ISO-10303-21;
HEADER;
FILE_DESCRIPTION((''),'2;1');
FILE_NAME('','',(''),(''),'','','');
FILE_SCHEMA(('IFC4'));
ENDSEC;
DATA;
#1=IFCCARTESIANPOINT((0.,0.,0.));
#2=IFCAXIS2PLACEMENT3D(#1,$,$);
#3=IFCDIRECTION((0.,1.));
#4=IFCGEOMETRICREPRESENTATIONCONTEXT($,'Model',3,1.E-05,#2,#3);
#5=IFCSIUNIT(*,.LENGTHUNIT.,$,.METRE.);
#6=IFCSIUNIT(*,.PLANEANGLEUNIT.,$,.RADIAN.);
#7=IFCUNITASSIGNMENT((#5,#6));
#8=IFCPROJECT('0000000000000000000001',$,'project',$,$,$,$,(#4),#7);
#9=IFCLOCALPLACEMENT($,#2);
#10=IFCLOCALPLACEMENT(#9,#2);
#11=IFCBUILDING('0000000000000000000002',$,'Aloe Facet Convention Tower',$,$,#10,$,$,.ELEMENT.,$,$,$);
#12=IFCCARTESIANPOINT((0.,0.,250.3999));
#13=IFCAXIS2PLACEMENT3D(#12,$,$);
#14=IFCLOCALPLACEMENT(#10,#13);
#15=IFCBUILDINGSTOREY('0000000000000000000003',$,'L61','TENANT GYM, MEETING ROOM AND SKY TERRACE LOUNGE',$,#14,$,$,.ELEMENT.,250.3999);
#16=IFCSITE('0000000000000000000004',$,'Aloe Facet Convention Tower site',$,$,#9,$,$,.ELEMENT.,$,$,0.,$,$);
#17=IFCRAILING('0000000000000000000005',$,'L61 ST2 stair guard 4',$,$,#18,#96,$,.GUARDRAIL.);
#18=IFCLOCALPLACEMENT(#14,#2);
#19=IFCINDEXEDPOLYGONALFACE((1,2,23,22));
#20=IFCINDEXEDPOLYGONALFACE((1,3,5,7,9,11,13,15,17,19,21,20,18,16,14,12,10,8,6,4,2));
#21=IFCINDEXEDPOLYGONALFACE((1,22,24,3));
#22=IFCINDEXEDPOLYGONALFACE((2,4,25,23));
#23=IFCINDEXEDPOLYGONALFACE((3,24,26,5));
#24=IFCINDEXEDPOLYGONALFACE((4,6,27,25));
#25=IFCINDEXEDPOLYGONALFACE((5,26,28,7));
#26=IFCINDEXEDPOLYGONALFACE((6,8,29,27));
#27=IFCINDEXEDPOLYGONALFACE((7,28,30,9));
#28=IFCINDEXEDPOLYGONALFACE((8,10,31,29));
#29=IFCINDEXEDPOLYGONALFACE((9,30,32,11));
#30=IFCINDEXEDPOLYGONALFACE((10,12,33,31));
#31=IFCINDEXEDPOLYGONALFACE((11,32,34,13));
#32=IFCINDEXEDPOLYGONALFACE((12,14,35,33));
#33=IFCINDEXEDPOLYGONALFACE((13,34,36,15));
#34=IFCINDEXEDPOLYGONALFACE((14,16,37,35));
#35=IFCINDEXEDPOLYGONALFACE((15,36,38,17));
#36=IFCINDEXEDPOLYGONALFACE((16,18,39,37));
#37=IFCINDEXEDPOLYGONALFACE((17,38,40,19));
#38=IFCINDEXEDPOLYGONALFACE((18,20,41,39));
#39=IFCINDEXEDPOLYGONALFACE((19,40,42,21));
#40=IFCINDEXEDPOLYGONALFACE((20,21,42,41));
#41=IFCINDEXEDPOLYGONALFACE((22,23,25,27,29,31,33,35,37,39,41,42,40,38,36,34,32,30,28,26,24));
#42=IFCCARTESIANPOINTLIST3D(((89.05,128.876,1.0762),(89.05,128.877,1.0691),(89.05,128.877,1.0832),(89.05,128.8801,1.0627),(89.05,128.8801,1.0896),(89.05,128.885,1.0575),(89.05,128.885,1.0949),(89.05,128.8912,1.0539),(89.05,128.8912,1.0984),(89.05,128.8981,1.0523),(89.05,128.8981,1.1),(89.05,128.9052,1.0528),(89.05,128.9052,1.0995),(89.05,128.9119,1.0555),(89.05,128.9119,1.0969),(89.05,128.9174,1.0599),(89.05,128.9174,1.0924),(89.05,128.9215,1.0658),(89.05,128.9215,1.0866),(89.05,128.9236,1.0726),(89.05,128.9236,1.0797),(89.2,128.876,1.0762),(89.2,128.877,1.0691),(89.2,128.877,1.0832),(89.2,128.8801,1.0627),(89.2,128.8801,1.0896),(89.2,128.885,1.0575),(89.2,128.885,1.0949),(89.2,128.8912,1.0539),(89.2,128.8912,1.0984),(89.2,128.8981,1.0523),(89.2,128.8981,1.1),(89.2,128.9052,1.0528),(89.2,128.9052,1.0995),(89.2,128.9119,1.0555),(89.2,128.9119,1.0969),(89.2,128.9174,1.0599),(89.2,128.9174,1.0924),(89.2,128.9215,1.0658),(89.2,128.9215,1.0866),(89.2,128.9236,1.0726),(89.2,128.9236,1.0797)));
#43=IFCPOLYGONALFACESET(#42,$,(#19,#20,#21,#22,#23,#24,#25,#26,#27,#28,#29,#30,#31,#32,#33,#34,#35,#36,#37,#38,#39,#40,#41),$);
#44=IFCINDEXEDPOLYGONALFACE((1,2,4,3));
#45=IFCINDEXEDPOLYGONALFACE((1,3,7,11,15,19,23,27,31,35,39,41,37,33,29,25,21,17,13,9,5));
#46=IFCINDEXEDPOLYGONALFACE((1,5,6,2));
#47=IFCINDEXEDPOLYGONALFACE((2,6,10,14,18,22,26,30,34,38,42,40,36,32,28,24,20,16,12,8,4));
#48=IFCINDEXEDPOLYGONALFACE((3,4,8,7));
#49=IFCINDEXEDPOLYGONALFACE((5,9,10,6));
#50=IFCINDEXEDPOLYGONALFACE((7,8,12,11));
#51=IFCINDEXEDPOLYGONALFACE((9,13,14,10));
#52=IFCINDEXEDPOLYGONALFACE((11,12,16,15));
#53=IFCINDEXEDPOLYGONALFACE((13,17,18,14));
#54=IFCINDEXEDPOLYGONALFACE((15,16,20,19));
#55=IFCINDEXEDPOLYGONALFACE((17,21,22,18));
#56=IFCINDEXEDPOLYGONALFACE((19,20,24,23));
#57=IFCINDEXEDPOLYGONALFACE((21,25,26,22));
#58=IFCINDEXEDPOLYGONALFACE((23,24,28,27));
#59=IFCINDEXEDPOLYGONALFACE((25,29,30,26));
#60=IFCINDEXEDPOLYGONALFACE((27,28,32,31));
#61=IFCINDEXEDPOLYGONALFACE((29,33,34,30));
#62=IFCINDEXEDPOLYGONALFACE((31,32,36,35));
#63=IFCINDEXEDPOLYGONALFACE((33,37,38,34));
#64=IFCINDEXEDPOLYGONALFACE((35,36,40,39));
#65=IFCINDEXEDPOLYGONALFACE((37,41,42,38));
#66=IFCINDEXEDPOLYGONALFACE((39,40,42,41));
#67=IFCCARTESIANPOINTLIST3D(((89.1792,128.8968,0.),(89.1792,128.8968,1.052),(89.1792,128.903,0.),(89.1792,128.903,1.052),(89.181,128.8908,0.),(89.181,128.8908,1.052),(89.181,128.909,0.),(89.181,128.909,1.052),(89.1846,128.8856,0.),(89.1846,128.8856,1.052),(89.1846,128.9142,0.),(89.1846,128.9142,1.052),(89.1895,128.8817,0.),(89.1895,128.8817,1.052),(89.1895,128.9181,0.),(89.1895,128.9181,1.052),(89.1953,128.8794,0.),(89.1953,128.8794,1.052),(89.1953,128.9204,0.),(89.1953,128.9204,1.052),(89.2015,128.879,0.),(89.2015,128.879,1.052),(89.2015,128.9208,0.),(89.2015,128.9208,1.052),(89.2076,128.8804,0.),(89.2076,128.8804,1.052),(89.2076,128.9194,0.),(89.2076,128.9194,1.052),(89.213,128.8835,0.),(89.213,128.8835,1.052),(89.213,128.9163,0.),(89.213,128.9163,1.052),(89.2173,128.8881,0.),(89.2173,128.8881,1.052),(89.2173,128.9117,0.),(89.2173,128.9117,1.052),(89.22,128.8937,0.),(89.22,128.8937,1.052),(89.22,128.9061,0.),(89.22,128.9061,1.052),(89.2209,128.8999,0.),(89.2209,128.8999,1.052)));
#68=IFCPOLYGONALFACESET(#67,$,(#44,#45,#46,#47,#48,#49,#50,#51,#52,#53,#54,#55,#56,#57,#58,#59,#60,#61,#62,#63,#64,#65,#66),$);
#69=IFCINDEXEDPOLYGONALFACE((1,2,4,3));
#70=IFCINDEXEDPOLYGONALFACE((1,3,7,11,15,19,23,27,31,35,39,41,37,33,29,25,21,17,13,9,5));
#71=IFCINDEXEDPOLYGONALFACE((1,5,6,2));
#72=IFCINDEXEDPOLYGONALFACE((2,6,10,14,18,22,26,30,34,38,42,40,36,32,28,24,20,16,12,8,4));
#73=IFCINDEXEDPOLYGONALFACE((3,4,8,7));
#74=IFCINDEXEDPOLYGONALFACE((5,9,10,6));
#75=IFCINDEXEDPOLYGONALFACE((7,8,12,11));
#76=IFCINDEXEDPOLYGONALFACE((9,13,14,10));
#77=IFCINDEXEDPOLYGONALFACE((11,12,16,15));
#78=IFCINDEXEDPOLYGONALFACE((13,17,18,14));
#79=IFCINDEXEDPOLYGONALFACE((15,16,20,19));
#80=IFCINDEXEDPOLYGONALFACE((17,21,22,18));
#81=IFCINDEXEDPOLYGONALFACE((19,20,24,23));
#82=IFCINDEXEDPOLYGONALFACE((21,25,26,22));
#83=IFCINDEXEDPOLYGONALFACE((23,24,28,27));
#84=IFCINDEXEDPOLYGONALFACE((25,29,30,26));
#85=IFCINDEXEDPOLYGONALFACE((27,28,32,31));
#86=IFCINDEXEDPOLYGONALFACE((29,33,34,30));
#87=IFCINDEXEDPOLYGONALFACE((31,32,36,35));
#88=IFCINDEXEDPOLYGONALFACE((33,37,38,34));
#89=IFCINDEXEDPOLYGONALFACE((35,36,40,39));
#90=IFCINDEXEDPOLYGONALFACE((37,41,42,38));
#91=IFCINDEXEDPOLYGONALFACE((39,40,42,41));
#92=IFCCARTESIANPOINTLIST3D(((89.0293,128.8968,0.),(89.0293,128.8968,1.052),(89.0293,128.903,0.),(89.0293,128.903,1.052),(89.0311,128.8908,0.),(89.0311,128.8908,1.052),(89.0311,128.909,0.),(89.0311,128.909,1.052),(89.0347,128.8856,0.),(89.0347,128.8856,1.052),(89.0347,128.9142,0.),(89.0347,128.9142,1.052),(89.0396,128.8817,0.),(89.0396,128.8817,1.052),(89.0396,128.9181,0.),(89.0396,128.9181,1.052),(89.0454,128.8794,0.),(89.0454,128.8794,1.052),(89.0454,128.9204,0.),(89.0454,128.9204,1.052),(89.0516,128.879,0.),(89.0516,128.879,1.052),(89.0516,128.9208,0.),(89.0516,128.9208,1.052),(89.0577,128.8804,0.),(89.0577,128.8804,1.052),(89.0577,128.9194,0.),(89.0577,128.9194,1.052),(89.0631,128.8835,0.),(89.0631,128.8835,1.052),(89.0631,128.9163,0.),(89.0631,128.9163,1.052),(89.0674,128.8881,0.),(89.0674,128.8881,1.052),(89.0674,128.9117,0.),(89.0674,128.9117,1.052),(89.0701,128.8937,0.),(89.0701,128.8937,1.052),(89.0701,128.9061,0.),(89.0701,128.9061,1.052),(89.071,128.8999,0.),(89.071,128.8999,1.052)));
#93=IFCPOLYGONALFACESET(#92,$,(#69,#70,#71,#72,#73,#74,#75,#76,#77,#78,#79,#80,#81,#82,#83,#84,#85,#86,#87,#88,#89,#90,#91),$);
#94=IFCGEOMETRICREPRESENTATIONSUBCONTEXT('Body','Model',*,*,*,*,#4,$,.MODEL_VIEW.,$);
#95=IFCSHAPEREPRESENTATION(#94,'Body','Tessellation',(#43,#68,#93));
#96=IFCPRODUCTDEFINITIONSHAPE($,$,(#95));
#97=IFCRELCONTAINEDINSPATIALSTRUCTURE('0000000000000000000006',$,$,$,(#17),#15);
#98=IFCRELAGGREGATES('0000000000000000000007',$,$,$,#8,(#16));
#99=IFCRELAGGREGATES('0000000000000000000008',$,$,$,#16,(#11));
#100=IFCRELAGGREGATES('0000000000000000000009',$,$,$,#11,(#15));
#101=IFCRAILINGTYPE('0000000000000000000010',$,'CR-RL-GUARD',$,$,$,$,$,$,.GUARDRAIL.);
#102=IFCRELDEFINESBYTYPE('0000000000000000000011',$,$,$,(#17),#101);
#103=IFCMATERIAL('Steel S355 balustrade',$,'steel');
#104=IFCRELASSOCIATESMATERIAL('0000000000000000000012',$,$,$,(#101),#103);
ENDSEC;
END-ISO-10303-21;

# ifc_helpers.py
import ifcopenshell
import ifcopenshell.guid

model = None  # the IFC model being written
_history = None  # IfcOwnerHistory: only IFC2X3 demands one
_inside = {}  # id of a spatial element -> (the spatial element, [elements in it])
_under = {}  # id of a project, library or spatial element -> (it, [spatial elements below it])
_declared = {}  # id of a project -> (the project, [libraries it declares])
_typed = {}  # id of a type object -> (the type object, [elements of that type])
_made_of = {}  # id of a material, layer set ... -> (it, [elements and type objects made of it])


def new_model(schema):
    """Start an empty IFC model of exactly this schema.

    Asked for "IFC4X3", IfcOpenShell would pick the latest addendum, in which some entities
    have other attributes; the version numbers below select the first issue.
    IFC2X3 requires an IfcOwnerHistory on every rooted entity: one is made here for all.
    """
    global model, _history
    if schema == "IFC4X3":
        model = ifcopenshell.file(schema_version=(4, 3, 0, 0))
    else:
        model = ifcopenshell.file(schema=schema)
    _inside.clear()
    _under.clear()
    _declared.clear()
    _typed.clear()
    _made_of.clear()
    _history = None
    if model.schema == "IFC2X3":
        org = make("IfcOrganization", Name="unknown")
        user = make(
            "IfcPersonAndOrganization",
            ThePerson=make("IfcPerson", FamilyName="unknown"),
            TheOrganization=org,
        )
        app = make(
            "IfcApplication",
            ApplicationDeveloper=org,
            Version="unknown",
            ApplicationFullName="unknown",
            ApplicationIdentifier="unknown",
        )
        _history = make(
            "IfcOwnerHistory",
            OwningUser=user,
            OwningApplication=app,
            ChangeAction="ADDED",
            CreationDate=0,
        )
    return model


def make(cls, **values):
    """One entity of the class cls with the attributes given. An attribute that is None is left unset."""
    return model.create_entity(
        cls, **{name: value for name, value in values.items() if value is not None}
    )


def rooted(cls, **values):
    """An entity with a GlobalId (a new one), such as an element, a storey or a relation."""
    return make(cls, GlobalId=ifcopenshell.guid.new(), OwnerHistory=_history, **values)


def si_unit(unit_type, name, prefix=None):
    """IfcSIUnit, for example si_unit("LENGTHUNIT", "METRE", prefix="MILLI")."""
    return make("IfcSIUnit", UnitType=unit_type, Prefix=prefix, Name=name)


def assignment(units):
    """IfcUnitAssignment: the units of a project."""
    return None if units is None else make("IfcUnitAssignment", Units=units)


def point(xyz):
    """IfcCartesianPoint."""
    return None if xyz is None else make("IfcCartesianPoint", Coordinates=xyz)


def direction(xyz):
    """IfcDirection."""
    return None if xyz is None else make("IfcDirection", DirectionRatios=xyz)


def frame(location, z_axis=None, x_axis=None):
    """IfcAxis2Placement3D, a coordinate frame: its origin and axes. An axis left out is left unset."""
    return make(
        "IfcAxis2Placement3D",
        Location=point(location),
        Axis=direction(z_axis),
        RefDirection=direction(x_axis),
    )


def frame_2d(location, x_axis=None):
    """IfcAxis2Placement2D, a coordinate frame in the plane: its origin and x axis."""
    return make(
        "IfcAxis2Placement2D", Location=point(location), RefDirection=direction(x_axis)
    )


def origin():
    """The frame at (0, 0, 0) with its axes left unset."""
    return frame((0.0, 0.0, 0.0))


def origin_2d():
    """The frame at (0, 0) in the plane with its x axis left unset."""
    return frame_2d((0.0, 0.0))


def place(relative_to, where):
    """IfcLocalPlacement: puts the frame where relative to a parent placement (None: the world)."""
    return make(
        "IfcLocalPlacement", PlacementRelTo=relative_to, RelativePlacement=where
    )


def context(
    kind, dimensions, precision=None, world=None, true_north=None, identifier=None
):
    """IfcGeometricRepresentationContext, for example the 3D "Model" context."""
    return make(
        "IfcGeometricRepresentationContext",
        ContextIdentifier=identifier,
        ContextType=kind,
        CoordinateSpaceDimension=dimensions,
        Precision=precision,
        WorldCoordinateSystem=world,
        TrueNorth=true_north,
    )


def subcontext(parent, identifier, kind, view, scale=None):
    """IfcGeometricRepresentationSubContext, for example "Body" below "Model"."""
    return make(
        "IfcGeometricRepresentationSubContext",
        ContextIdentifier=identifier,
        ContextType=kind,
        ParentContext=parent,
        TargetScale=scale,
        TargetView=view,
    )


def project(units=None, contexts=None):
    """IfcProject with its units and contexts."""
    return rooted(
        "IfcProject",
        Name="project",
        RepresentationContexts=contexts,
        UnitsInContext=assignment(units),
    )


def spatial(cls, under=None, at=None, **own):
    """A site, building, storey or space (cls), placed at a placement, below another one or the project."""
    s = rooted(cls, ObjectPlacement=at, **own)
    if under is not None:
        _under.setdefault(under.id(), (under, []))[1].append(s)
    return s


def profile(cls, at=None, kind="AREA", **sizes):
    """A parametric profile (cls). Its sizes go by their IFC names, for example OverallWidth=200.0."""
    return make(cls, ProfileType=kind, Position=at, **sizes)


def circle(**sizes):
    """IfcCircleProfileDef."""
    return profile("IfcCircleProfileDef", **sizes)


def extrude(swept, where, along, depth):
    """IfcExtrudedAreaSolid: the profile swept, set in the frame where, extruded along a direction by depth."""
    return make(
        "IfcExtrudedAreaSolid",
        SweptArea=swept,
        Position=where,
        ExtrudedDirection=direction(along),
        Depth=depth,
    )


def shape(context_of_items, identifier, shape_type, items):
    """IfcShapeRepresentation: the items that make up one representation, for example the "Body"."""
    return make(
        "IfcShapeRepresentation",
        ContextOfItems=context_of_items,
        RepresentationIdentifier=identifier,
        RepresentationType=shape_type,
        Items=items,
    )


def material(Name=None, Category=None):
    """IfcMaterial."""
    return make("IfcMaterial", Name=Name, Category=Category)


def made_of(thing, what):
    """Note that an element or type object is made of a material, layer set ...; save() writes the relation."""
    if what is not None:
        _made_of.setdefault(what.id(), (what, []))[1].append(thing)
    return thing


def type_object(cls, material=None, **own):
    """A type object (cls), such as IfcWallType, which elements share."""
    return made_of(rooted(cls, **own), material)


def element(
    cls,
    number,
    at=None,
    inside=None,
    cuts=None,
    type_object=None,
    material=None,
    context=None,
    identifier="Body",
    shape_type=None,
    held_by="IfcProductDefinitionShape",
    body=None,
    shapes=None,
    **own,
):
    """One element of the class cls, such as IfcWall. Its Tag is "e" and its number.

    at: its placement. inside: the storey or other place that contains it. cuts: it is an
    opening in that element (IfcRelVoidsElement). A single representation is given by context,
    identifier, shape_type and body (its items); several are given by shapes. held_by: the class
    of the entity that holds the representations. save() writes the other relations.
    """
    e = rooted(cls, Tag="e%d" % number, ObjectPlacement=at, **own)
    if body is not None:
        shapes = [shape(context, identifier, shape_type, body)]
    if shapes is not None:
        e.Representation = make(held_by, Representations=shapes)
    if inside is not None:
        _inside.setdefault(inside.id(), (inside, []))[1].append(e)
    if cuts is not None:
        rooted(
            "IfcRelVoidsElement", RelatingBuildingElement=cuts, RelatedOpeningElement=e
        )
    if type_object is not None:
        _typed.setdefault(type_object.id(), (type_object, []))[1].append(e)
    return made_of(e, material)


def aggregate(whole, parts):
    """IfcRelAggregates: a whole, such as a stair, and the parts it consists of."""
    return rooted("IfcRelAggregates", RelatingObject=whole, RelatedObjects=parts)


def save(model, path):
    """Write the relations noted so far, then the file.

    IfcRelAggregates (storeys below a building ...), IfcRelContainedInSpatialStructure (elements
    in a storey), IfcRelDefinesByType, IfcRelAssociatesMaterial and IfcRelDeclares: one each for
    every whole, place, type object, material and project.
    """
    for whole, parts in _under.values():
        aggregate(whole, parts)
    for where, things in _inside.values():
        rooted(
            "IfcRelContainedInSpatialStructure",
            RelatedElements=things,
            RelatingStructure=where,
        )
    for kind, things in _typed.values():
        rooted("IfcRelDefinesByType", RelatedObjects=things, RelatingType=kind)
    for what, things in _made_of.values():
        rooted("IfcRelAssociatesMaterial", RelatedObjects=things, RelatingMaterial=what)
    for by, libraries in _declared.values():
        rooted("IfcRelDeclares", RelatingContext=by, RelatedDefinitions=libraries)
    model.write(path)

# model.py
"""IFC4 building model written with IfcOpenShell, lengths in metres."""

from ifc_helpers import new_model, si_unit, direction, frame, origin, origin_2d, place, context, subcontext, project, spatial, circle, extrude, material, type_object, element, save


model = new_model("IFC4")

# Units and contexts
model_context = context("Model", 3, precision=1e-05, world=origin(), true_north=direction((0.0, 1.0)))
body_context = subcontext(model_context, "Body", "Model", "MODEL_VIEW")
ifc_project = project(units=[si_unit("LENGTHUNIT", "METRE"), si_unit("PLANEANGLEUNIT", "RADIAN")], contexts=[model_context])

# Site, building, storey
site_placement = place(None, origin())
site = spatial("IfcSite", under=ifc_project, at=site_placement, Name="Aloe Facet Convention Tower site", CompositionType="ELEMENT", RefElevation=0.0)
building_placement = place(site_placement, origin())
building = spatial("IfcBuilding", under=site, at=building_placement, Name="Aloe Facet Convention Tower", CompositionType="ELEMENT")
storey_placement = place(building_placement, frame((0.0, 0.0, 250.3999)))
storey = spatial("IfcBuildingStorey", under=building, at=storey_placement, Name="L61", Description="TENANT GYM, MEETING ROOM AND SKY TERRACE LOUNGE", CompositionType="ELEMENT", Elevation=250.3999)

# Railing
ifc_material_1 = material(Name="Steel S355 balustrade", Category="steel")
railing_type_1 = type_object("IfcRailingType", Name="CR-RL-GUARD", PredefinedType="GUARDRAIL", material=ifc_material_1)
railing_1_placement = place(storey_placement, frame((89.2, 128.8999, 0.0)))
element("IfcRailing", 1, at=railing_1_placement, inside=storey, type_object=railing_type_1, Name="L61 ST2 stair guard 4", PredefinedType="GUARDRAIL", context=body_context, shape_type="SweptSolid", body=[
    extrude(circle(Radius=0.0239, at=origin_2d()), frame((0.0, 0.0, 1.0762), z_axis=(-1.0, 0.0, 0.0), x_axis=(0.0, -1.0, 0.0)), (0.0, 0.0, 1.0), 0.1499),
    extrude(circle(Radius=0.021, at=origin_2d()), origin(), (0.0, 0.0, 1.0), 1.052),
    extrude(circle(Radius=0.021, at=origin_2d()), frame((-0.1499, 0.0, 0.0)), (0.0, 0.0, 1.0), 1.052),
])

save(model, "model.ifc")
